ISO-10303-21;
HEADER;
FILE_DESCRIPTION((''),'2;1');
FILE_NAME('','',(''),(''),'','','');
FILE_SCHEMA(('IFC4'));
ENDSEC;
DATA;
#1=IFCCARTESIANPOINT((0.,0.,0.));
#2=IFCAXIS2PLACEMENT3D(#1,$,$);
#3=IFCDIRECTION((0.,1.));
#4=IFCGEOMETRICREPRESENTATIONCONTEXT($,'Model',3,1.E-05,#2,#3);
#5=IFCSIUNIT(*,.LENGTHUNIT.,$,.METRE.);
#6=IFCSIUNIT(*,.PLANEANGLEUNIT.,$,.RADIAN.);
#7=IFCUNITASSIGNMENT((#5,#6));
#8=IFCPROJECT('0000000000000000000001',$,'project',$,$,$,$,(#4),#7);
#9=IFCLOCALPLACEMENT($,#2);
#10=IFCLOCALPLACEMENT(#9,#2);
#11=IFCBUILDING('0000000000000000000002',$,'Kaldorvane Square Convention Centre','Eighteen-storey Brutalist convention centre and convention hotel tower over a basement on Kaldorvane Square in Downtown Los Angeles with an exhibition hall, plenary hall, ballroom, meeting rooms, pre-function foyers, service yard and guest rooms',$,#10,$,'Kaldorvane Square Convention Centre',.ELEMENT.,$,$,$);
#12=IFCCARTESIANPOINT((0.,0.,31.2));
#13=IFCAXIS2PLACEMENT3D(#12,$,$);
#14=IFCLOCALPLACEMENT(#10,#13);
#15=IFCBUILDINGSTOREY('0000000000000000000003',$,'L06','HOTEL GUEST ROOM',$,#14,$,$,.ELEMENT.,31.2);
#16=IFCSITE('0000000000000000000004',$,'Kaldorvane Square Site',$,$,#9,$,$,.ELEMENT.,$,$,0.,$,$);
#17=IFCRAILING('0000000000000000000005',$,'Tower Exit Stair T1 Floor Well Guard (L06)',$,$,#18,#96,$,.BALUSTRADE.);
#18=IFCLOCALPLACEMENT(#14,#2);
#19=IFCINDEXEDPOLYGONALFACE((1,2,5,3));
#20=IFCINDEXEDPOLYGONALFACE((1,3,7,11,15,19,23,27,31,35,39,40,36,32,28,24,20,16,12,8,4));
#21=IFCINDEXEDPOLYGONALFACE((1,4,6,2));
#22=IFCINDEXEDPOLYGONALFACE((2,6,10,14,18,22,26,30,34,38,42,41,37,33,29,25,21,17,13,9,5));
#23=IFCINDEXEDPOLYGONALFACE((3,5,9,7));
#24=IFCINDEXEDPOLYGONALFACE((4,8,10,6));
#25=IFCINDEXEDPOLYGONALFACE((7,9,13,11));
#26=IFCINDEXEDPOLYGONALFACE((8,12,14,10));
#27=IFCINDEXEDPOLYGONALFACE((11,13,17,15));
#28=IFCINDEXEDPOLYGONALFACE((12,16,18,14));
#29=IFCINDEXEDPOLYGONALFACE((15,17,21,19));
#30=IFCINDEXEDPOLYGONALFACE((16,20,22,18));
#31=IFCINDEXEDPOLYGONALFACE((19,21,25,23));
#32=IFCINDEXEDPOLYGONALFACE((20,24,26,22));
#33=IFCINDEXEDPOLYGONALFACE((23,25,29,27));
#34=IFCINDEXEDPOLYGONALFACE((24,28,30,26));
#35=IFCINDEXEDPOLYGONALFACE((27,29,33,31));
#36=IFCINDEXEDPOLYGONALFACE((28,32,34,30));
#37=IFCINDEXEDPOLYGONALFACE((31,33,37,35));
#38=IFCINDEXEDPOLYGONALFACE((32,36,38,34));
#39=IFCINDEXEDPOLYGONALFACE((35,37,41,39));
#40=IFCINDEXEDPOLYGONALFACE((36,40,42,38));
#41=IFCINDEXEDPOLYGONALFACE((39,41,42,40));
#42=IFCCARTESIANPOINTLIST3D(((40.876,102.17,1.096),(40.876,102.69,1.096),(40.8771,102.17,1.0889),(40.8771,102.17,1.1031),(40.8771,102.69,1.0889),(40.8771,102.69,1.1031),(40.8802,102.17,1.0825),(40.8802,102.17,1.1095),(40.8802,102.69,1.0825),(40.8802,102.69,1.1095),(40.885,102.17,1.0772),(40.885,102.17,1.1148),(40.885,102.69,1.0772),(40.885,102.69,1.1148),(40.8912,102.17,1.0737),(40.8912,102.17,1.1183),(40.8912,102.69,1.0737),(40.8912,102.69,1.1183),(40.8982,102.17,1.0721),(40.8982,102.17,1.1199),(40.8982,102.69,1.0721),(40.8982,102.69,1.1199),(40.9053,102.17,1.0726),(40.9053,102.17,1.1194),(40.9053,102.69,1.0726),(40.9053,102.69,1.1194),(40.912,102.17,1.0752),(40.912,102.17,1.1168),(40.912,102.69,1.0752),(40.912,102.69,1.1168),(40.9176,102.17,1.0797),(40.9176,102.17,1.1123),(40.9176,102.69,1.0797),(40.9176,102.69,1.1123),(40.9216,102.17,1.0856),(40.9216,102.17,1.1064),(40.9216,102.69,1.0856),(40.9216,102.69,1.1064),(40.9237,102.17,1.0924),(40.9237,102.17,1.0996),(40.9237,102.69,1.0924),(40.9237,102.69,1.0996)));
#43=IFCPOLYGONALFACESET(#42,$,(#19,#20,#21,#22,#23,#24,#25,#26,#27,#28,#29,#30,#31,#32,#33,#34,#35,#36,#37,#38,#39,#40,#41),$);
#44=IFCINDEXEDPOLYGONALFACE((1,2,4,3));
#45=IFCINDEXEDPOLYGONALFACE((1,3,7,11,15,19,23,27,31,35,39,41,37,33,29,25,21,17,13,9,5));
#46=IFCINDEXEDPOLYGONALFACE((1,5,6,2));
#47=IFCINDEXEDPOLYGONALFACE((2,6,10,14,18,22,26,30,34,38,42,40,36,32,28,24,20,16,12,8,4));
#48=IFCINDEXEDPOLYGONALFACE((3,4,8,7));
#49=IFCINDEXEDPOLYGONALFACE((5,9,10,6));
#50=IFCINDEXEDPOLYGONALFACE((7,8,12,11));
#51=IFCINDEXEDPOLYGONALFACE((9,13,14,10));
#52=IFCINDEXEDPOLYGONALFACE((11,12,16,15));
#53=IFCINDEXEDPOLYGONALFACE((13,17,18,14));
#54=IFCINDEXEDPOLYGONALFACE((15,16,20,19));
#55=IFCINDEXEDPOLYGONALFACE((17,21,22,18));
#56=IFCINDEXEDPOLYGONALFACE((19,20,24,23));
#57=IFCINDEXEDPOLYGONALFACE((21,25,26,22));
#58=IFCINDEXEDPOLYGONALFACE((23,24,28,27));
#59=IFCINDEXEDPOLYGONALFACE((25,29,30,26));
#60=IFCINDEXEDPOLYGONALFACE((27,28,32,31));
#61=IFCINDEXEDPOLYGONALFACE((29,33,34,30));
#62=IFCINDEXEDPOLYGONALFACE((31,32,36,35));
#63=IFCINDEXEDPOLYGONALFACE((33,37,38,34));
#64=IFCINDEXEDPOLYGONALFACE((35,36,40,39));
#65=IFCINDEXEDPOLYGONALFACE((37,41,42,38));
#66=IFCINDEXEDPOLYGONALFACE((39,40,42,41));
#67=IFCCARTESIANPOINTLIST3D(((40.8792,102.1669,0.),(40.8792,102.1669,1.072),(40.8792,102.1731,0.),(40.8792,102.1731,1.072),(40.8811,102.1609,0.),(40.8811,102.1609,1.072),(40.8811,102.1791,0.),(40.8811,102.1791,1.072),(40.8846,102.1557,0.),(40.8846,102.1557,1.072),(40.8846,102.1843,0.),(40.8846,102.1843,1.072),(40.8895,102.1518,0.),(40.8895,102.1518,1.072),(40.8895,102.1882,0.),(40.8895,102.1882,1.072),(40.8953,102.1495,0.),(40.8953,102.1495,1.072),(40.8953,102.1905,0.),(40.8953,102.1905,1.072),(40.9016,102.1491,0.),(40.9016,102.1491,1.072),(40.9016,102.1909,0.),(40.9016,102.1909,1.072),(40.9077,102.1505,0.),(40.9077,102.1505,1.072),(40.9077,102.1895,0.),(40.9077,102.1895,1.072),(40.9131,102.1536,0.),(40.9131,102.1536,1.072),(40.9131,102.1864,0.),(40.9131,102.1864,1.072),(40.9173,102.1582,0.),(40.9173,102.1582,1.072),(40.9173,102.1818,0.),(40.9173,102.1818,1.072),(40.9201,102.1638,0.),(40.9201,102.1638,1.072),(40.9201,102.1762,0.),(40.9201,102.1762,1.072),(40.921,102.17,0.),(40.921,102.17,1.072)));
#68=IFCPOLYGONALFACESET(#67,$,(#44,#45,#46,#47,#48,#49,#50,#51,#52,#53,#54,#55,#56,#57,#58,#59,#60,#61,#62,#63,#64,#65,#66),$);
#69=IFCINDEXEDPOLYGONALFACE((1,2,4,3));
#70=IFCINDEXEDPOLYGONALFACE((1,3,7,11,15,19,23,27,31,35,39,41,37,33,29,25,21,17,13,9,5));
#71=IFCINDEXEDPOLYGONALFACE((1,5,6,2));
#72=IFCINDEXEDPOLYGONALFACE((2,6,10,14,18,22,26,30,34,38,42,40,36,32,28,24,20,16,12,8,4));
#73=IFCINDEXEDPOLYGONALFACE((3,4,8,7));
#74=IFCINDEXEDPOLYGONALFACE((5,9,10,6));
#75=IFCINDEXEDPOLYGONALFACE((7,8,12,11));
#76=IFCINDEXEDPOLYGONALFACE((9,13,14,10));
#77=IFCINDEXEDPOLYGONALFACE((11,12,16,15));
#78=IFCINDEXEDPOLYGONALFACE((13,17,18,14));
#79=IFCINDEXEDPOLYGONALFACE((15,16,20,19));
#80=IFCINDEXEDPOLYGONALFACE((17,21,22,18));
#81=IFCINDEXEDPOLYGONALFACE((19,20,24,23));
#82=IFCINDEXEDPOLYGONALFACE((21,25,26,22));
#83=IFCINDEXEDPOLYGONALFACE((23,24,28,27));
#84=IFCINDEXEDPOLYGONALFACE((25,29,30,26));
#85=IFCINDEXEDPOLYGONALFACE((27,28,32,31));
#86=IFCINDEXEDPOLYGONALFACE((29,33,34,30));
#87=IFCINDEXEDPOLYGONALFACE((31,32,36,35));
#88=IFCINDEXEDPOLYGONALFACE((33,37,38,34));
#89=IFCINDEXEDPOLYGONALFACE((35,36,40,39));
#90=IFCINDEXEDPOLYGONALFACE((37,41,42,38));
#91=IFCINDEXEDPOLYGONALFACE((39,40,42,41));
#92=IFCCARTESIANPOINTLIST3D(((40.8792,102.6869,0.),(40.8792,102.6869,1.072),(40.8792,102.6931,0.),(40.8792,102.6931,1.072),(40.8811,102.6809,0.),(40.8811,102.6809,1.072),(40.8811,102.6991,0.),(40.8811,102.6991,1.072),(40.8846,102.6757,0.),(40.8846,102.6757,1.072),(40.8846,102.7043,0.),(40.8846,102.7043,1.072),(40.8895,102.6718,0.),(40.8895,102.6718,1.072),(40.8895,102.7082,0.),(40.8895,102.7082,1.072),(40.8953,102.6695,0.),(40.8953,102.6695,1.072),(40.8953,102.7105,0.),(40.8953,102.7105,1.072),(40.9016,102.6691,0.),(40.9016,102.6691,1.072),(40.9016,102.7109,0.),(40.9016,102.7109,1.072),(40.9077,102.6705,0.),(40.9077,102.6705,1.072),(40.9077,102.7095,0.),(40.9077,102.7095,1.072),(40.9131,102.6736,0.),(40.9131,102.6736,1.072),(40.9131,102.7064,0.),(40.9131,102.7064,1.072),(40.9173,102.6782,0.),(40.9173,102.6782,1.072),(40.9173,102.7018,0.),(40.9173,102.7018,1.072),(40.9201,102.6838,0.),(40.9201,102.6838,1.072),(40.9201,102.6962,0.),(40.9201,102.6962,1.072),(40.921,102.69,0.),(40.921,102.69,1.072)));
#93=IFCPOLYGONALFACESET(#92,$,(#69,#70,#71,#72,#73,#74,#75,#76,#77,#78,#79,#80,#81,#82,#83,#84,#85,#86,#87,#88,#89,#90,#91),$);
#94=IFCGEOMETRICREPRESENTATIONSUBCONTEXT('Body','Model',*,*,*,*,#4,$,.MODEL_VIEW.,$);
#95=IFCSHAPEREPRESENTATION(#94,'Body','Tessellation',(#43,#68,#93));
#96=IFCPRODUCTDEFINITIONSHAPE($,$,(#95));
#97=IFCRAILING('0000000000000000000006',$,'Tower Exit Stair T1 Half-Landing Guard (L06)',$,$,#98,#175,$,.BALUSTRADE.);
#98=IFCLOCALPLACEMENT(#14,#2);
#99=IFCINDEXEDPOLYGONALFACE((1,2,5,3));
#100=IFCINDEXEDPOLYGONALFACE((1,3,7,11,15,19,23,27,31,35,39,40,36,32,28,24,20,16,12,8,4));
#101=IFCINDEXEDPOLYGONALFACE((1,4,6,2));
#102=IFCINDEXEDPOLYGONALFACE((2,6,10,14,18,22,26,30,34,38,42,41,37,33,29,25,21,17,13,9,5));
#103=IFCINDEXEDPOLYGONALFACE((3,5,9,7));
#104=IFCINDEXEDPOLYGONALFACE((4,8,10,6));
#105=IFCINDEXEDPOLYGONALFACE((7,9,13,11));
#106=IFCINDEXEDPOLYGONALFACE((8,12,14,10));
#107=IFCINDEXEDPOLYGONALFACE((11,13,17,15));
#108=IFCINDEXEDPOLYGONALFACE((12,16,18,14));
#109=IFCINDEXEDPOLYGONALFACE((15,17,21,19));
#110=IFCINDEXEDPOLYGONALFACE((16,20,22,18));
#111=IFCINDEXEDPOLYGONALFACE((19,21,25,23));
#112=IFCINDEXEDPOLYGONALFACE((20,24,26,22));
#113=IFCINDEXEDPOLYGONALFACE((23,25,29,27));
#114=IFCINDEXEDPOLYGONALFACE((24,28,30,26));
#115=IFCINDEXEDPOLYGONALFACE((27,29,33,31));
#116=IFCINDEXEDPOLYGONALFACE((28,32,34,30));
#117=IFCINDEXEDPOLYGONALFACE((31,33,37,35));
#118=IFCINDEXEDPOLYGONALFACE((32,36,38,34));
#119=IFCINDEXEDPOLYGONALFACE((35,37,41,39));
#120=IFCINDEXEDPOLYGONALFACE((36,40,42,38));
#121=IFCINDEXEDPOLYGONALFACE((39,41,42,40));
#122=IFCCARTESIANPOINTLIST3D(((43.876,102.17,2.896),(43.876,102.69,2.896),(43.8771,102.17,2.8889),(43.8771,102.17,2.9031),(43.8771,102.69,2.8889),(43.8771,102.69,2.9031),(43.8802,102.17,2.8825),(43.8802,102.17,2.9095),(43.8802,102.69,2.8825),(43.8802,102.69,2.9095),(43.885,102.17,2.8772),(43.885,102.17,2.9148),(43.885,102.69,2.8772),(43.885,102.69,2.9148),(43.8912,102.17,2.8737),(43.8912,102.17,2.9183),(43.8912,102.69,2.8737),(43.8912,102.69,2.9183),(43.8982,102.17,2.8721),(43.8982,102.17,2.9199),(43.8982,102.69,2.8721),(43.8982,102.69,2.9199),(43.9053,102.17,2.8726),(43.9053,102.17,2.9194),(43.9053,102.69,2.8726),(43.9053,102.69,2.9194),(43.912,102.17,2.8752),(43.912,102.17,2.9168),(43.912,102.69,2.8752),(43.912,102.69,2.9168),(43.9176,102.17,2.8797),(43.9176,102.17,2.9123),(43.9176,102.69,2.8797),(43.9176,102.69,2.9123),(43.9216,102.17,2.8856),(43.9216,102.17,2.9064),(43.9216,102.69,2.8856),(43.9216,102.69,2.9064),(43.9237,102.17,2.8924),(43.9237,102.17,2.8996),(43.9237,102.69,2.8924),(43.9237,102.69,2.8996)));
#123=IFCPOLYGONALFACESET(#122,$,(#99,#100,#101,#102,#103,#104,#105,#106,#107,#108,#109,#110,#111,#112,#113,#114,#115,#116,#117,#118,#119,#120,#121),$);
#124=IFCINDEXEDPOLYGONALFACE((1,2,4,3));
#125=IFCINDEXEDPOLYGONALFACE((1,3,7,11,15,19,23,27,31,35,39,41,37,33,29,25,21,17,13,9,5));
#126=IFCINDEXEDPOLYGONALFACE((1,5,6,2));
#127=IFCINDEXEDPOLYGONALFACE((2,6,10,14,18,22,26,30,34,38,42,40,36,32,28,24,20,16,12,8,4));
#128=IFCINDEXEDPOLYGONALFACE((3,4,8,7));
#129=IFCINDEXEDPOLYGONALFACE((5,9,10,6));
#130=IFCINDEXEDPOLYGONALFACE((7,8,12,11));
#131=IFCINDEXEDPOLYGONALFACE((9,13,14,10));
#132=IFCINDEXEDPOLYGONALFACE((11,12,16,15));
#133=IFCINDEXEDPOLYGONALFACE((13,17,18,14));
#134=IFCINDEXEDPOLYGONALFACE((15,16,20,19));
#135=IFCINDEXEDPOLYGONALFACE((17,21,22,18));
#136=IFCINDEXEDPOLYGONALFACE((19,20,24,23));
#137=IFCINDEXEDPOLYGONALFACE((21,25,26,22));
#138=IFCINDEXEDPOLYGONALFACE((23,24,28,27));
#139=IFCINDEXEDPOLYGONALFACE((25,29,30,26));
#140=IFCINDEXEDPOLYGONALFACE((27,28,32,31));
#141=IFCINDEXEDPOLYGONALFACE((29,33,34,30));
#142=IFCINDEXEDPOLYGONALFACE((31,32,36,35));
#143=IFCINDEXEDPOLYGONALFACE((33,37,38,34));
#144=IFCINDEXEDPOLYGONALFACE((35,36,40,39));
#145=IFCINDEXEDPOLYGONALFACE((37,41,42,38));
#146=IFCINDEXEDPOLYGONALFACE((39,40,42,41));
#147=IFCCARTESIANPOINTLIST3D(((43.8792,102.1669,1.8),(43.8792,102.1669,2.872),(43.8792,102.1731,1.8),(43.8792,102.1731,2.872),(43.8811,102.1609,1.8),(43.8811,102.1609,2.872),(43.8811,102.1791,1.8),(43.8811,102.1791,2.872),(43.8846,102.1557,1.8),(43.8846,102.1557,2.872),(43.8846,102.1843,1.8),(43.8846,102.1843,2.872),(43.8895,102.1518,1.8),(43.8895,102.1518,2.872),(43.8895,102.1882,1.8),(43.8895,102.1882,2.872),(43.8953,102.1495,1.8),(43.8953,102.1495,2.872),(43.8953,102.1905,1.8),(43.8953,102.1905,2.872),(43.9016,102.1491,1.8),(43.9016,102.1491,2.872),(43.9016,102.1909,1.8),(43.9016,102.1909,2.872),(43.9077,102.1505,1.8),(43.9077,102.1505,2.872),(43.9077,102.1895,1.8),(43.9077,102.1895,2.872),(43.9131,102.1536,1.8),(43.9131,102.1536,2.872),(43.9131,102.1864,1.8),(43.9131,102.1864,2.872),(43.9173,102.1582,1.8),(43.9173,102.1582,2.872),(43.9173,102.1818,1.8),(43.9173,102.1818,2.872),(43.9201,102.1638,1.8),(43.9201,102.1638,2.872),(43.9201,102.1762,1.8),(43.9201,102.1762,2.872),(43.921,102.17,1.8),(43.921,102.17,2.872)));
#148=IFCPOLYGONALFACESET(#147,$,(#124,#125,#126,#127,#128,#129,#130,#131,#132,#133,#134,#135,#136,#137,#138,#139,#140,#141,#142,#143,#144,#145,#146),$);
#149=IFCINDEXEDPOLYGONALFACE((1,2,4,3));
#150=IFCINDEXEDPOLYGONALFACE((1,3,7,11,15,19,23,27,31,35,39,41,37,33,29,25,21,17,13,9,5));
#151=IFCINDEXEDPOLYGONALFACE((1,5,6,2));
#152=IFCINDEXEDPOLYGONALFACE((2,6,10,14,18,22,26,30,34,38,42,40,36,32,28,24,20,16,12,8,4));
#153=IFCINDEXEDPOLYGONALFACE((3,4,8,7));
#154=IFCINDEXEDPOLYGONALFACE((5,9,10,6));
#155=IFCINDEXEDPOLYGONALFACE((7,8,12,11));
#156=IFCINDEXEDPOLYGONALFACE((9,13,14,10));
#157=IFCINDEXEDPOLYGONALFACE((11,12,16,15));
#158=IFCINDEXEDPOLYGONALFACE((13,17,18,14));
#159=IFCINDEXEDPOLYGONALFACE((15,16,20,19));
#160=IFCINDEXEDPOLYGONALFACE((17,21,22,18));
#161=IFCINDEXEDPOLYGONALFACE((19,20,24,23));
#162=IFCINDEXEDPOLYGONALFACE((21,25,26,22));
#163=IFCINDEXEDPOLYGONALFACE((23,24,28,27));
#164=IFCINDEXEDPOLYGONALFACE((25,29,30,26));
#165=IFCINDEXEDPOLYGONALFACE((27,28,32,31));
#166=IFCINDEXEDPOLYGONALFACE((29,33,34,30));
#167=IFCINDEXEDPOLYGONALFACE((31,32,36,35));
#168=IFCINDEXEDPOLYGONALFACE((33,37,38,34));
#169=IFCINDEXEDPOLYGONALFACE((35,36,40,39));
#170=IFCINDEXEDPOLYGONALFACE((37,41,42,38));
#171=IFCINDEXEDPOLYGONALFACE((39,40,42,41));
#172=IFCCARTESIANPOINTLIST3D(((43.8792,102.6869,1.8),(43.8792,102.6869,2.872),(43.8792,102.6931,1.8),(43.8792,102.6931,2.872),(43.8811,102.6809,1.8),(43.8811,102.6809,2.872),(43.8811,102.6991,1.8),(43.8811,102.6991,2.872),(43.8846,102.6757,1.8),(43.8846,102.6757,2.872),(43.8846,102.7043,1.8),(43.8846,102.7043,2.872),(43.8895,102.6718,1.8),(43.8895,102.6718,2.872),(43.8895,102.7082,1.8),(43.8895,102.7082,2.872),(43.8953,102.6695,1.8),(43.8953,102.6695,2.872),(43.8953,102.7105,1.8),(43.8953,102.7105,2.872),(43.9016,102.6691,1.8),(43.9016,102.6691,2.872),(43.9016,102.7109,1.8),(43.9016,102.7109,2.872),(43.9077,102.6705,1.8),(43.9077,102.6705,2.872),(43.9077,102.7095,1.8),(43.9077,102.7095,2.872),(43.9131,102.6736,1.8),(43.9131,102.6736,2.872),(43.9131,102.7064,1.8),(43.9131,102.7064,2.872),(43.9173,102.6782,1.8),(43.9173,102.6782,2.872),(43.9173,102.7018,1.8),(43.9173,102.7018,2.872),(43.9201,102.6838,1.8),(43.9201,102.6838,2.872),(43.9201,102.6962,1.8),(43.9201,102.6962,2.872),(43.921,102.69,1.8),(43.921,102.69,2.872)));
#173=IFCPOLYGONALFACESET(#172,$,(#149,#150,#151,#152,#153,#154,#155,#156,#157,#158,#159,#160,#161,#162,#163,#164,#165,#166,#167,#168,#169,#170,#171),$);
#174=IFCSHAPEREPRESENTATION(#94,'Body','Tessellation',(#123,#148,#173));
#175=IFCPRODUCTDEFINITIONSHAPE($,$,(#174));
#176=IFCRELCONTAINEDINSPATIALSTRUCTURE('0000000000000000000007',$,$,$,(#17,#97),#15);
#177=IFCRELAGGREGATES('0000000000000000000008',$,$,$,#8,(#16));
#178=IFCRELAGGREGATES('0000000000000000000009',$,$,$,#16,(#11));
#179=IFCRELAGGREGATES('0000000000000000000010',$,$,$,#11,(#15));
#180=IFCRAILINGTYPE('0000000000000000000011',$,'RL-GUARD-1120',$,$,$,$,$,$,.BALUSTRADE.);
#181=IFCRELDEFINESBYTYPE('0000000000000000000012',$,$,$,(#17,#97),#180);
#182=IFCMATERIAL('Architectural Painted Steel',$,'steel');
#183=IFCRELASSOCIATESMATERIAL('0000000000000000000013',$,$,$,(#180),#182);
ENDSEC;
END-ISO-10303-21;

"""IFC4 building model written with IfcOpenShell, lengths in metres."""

from ifc_helpers import new_model, si_unit, direction, frame, origin, origin_2d, place, context, subcontext, project, spatial, circle, extrude, material, type_object, element, save


model = new_model("IFC4")

# Units and contexts
model_context = context("Model", 3, precision=1e-05, world=origin(), true_north=direction((0.0, 1.0)))
body_context = subcontext(model_context, "Body", "Model", "MODEL_VIEW")
ifc_project = project(units=[si_unit("LENGTHUNIT", "METRE"), si_unit("PLANEANGLEUNIT", "RADIAN")], contexts=[model_context])

# Site, building, storey
site_placement = place(None, origin())
site = spatial("IfcSite", under=ifc_project, at=site_placement, Name="Kaldorvane Square Site", CompositionType="ELEMENT", RefElevation=0.0)
building_placement = place(site_placement, origin())
building = spatial("IfcBuilding", under=site, at=building_placement, Name="Kaldorvane Square Convention Centre", Description="Eighteen-storey Brutalist convention centre and convention hotel tower over a basement on Kaldorvane Square in Downtown Los Angeles with an exhibition hall, plenary hall, ballroom, meeting rooms, pre-function foyers, service yard and guest rooms", LongName="Kaldorvane Square Convention Centre", CompositionType="ELEMENT")
storey_placement = place(building_placement, frame((0.0, 0.0, 31.2)))
storey = spatial("IfcBuildingStorey", under=building, at=storey_placement, Name="L06", Description="HOTEL GUEST ROOM", CompositionType="ELEMENT", Elevation=31.2)

# Railings
ifc_material_1 = material(Name="Architectural Painted Steel", Category="steel")
railing_type_1 = type_object("IfcRailingType", Name="RL-GUARD-1120", PredefinedType="BALUSTRADE", material=ifc_material_1)
for number, where, name in (
    (1, (40.9, 102.17, 0.0), "Tower Exit Stair T1 Floor Well Guard (L06)"),
    (2, (43.9, 102.17, 1.8), "Tower Exit Stair T1 Half-Landing Guard (L06)"),
):
    element("IfcRailing", number, at=place(storey_placement, frame(where)), inside=storey, type_object=railing_type_1, Name=name, PredefinedType="BALUSTRADE", context=body_context, shape_type="SweptSolid", body=[
        extrude(circle(Radius=0.024, at=origin_2d()), frame((0.0, 0.0, 1.096), z_axis=(0.0, 1.0, 0.0), x_axis=(-1.0, 0.0, 0.0)), (0.0, 0.0, 1.0), 0.52),
        extrude(circle(Radius=0.021, at=origin_2d()), origin(), (0.0, 0.0, 1.0), 1.072),
        extrude(circle(Radius=0.021, at=origin_2d()), frame((0.0, 0.52, 0.0)), (0.0, 0.0, 1.0), 1.072),
    ])

save(model, "model.ifc")
